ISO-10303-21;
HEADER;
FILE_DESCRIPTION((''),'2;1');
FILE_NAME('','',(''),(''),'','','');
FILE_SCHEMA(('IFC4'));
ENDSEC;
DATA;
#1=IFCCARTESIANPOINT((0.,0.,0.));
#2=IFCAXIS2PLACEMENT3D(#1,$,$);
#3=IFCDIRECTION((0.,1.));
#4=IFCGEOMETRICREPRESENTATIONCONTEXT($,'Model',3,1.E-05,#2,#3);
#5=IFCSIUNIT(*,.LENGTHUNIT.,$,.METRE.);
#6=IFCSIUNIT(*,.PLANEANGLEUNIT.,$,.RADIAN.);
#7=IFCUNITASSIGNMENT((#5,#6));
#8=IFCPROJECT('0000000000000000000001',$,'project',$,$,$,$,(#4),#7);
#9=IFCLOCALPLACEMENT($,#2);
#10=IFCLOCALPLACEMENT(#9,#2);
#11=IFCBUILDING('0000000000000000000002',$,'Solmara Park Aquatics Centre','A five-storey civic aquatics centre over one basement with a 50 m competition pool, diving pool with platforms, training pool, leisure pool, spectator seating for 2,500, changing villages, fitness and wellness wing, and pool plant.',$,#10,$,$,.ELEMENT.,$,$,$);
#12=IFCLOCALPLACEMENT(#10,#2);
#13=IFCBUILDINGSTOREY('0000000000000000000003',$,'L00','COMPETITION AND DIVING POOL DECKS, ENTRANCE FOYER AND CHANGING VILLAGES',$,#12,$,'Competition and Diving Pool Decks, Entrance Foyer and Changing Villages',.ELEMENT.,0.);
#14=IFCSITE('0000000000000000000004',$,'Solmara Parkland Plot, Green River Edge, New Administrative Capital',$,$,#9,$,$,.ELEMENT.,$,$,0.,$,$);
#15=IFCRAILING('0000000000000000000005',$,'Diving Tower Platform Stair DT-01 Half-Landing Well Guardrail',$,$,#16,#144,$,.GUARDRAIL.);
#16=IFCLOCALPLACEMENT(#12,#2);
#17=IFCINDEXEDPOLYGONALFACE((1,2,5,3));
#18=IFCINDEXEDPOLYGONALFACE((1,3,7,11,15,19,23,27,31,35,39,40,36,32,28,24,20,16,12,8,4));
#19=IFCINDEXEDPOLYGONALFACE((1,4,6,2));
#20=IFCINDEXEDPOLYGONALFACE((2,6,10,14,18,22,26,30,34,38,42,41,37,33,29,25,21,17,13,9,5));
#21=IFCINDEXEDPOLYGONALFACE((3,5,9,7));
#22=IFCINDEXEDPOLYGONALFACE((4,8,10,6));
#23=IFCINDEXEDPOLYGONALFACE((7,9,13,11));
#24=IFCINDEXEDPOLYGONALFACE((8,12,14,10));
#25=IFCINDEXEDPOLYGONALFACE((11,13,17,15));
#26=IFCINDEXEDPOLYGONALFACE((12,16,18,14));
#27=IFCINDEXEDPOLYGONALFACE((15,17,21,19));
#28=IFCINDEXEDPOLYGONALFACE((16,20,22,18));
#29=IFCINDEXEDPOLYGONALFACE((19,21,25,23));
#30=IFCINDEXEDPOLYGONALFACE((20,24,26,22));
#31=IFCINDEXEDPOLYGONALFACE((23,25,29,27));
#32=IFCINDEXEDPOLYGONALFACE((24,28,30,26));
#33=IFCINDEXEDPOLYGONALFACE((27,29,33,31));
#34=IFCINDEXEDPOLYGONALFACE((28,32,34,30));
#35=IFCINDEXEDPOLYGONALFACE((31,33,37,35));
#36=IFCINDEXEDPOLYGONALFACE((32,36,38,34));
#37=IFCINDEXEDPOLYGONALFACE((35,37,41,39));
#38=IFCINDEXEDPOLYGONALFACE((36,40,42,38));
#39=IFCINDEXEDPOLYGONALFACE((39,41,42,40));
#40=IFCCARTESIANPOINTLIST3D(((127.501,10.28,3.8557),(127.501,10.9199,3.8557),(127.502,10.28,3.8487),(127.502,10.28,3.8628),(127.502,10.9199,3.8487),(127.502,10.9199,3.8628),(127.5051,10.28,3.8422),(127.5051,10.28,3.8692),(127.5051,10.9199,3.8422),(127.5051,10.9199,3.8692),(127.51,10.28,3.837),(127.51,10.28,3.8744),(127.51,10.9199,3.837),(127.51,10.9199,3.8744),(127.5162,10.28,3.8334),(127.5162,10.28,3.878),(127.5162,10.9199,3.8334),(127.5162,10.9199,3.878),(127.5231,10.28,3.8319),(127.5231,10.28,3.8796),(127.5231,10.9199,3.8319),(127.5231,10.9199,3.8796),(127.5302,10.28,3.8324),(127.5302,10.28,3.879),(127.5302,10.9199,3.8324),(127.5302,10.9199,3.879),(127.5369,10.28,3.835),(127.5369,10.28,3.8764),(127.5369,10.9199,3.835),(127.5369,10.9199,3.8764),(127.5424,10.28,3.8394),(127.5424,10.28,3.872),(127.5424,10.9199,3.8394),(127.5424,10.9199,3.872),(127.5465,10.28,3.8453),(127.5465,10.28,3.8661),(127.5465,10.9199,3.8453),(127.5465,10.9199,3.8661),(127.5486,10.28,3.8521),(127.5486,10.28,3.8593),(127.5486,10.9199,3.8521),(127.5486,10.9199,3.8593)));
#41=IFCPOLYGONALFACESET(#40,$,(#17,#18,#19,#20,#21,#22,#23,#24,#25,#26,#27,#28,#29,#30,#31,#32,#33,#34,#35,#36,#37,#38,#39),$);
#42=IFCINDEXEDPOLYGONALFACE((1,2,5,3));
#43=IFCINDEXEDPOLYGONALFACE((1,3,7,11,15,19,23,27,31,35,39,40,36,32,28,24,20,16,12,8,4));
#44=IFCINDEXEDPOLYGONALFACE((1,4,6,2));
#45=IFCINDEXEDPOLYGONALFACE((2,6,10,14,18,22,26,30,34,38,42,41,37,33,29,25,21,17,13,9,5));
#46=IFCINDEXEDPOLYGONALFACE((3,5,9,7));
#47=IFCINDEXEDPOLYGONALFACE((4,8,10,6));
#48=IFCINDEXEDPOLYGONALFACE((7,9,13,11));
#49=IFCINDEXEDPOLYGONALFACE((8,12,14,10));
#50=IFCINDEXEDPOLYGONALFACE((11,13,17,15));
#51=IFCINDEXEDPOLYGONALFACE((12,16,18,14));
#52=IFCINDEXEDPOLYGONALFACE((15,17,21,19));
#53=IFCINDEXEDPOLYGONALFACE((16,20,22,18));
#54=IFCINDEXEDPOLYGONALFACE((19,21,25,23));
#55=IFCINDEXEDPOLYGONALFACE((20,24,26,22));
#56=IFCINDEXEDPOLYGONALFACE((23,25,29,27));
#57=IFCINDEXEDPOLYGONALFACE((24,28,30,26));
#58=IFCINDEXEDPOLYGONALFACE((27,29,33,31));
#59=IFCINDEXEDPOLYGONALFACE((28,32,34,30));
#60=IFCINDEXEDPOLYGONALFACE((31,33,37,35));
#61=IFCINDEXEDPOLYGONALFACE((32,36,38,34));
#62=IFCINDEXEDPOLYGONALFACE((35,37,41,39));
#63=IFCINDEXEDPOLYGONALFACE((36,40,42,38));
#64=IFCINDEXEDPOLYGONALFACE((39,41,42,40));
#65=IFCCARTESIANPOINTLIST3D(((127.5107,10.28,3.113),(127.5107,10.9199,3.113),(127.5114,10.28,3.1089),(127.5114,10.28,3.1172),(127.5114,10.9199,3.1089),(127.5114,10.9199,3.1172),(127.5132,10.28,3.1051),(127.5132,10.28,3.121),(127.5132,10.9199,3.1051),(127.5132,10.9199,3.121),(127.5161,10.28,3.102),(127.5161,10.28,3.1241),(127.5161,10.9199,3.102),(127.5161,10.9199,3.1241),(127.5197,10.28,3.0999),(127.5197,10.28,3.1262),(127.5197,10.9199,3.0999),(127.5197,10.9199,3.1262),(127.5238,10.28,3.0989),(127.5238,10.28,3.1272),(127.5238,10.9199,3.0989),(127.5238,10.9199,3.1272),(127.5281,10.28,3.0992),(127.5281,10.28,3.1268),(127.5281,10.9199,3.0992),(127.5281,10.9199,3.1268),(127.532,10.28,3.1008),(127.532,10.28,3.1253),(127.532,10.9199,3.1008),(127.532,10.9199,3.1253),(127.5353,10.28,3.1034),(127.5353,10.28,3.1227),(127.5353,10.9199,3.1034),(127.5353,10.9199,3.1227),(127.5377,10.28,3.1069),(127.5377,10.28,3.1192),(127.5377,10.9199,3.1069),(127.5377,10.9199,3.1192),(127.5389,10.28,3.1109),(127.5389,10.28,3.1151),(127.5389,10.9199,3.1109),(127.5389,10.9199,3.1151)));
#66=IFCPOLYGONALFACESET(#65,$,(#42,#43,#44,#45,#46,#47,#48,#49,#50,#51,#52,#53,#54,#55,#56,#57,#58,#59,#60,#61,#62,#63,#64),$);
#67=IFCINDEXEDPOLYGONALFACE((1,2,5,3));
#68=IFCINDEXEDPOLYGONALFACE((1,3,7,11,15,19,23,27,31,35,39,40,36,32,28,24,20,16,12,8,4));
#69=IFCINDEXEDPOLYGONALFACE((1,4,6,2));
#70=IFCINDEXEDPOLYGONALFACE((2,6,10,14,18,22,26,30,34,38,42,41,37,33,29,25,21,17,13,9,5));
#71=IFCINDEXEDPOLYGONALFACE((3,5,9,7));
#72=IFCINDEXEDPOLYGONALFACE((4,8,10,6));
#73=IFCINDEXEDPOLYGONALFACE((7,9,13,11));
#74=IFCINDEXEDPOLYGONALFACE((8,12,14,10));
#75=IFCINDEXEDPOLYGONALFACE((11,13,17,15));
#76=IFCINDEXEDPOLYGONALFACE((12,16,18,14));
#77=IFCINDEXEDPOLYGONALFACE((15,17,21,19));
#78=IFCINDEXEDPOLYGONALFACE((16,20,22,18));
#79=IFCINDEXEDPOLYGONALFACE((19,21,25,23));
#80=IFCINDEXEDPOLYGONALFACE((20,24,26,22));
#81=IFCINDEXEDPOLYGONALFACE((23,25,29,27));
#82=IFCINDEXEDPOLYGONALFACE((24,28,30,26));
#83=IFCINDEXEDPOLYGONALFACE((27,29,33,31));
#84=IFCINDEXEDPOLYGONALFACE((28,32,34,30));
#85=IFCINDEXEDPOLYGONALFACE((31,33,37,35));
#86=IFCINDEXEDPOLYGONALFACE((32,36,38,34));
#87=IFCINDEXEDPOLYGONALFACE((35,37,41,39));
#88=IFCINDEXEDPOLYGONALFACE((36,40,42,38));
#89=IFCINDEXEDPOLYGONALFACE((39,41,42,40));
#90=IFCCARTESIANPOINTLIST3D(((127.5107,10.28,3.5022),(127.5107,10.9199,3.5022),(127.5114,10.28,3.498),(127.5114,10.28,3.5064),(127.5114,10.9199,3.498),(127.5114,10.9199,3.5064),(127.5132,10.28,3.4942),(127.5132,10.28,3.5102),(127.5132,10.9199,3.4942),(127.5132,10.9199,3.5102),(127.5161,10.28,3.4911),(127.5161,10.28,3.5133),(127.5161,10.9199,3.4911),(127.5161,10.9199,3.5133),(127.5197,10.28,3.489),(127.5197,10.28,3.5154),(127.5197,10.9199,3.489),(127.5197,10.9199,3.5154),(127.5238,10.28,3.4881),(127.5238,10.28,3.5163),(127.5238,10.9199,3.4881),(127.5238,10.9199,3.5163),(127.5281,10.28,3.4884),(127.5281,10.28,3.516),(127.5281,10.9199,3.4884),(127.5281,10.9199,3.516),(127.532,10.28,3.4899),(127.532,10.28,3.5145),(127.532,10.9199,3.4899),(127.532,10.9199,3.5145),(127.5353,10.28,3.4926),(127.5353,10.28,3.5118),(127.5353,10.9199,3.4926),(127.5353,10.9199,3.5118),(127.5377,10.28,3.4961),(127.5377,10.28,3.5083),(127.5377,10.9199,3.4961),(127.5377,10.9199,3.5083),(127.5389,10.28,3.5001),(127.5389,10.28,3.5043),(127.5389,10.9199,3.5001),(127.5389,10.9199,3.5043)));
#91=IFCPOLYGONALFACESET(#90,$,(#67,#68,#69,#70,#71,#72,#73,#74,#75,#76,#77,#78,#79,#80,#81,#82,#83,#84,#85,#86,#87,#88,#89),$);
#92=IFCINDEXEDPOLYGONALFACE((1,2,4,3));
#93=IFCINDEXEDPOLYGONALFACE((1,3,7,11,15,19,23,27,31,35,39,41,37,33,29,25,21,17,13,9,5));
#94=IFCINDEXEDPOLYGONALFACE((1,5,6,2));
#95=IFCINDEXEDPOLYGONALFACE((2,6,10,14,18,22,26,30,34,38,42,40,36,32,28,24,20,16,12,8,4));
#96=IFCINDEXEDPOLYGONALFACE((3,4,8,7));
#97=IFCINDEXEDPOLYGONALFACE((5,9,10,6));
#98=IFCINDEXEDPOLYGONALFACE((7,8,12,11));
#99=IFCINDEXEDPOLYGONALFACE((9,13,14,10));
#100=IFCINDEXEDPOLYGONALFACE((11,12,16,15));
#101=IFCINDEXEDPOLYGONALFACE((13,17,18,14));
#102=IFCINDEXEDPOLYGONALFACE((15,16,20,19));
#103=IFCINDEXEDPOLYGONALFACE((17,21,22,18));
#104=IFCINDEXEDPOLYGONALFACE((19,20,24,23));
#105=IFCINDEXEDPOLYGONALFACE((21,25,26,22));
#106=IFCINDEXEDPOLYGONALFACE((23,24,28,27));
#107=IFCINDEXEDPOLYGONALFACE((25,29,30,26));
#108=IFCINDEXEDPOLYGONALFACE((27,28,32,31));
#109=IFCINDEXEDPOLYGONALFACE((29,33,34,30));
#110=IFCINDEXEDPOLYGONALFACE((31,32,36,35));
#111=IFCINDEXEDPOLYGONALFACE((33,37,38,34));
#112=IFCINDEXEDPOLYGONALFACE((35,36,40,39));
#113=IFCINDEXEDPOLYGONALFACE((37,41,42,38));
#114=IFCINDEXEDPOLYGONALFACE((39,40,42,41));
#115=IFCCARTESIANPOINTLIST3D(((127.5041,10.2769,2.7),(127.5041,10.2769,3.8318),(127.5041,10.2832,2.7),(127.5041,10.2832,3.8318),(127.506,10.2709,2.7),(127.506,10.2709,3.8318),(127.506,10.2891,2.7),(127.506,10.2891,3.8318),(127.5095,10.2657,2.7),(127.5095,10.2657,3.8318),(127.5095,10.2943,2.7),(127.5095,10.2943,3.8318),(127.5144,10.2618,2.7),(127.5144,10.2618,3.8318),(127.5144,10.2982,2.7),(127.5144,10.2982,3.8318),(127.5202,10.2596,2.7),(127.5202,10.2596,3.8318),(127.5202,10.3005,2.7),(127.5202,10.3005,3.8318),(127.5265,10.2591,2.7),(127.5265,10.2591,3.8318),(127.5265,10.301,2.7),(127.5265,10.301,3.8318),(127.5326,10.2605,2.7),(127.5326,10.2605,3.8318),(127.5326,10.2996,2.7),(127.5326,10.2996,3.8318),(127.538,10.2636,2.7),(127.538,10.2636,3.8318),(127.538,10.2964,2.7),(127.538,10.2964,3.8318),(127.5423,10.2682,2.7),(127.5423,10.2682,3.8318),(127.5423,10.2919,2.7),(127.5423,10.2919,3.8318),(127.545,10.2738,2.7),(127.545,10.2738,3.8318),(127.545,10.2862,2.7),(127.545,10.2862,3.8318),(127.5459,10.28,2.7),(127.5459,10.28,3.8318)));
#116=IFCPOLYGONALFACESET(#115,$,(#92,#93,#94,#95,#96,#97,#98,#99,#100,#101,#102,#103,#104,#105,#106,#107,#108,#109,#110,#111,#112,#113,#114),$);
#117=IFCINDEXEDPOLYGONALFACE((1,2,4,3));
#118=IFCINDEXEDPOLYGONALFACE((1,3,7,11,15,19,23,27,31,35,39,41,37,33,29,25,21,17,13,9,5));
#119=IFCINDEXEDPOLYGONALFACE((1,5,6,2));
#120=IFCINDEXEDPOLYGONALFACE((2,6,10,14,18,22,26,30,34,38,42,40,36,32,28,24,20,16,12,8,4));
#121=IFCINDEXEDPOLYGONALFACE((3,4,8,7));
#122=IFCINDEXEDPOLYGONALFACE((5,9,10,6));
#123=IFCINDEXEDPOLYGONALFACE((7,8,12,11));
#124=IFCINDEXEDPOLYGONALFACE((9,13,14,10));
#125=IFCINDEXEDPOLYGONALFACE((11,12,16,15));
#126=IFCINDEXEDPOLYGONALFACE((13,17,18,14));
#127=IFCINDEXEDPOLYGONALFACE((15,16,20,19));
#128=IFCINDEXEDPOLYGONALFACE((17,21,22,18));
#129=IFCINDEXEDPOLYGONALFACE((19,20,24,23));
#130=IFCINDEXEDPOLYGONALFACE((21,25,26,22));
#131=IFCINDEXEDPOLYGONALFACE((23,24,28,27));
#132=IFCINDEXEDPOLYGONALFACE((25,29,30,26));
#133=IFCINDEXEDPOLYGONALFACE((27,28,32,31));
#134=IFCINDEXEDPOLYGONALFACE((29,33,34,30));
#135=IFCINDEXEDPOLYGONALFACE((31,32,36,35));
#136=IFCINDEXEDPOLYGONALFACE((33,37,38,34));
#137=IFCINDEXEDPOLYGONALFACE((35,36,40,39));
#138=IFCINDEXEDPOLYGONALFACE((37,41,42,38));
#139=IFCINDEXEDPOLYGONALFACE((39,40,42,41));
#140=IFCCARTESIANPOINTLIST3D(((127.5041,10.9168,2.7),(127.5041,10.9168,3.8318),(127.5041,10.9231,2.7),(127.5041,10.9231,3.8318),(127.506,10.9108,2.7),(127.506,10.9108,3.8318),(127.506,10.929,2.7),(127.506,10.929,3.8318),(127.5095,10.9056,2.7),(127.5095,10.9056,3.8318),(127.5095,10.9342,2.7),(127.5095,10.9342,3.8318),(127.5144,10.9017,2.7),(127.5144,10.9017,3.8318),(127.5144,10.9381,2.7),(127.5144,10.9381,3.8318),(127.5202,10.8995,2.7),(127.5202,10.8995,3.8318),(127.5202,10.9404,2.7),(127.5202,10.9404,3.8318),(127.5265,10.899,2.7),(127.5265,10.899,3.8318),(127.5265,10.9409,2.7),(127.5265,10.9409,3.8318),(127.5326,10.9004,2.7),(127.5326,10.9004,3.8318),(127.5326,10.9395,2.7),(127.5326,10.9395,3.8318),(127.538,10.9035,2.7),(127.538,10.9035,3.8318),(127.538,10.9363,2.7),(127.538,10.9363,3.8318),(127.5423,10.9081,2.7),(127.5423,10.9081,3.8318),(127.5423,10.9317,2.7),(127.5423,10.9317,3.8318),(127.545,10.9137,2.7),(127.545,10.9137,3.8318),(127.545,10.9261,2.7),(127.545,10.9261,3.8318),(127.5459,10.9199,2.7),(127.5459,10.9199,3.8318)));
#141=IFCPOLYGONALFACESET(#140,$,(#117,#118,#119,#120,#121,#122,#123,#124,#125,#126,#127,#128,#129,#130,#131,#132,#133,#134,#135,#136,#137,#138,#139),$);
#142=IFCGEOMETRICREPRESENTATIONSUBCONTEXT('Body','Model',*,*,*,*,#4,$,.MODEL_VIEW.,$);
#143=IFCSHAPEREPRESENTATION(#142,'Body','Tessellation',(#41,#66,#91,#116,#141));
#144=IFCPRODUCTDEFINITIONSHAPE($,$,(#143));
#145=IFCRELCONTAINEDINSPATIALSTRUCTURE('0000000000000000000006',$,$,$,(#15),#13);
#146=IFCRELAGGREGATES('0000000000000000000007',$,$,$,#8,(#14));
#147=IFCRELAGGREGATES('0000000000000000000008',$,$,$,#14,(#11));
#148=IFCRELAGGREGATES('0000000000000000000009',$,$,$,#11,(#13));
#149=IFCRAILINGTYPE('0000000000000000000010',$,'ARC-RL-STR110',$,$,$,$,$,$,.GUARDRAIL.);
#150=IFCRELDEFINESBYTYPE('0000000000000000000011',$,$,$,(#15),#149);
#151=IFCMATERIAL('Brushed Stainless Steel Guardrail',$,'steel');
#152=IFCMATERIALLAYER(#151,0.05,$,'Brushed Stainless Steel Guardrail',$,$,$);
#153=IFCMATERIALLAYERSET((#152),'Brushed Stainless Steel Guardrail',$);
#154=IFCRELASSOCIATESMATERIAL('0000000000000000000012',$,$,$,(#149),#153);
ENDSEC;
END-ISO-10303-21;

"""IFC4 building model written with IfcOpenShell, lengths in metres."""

from ifc_helpers import new_model, si_unit, direction, frame, origin, origin_2d, place, context, subcontext, project, spatial, circle, extrude, material, layer, layer_set, type_object, element, save


model = new_model("IFC4")

# Units and contexts
model_context = context("Model", 3, precision=1e-05, world=origin(), true_north=direction((0.0, 1.0)))
body_context = subcontext(model_context, "Body", "Model", "MODEL_VIEW")
ifc_project = project(units=[si_unit("LENGTHUNIT", "METRE"), si_unit("PLANEANGLEUNIT", "RADIAN")], contexts=[model_context])

# Site, building, storey
site_placement = place(None, origin())
site = spatial("IfcSite", under=ifc_project, at=site_placement, Name="Solmara Parkland Plot, Green River Edge, New Administrative Capital", CompositionType="ELEMENT", RefElevation=0.0)
building_placement = place(site_placement, origin())
building = spatial("IfcBuilding", under=site, at=building_placement, Name="Solmara Park Aquatics Centre", Description="A five-storey civic aquatics centre over one basement with a 50 m competition pool, diving pool with platforms, training pool, leisure pool, spectator seating for 2,500, changing villages, fitness and wellness wing, and pool plant.", CompositionType="ELEMENT")
storey_placement = place(building_placement, origin())
storey = spatial("IfcBuildingStorey", under=building, at=storey_placement, Name="L00", Description="COMPETITION AND DIVING POOL DECKS, ENTRANCE FOYER AND CHANGING VILLAGES", LongName="Competition and Diving Pool Decks, Entrance Foyer and Changing Villages", CompositionType="ELEMENT", Elevation=0.0)

# Railing
ifc_material_1 = material(Name="Brushed Stainless Steel Guardrail", Category="steel")
ifc_layer_1 = layer(ifc_material_1, 0.05, Name="Brushed Stainless Steel Guardrail")
ifc_layer_set_1 = layer_set([ifc_layer_1], Name="Brushed Stainless Steel Guardrail")
railing_type_1 = type_object("IfcRailingType", Name="ARC-RL-STR110", PredefinedType="GUARDRAIL", material=ifc_layer_set_1)
railing_1_placement = place(storey_placement, frame((127.5249, 10.28, 2.7)))
element("IfcRailing", 1, at=railing_1_placement, inside=storey, type_object=railing_type_1, Name="Diving Tower Platform Stair DT-01 Half-Landing Well Guardrail", PredefinedType="GUARDRAIL", context=body_context, shape_type="SweptSolid", body=[
    extrude(circle(Radius=0.0239, at=origin_2d()), frame((0.0, 0.0, 1.1558), z_axis=(0.0, 1.0, 0.0), x_axis=(-1.0, 0.0, 0.0)), (0.0, 0.0, 1.0), 0.6399),
    extrude(circle(Radius=0.0142, at=origin_2d()), frame((0.0, 0.0, 0.4131), z_axis=(0.0, 1.0, 0.0), x_axis=(-1.0, 0.0, 0.0)), (0.0, 0.0, 1.0), 0.6399),
    extrude(circle(Radius=0.0142, at=origin_2d()), frame((0.0, 0.0, 0.8022), z_axis=(0.0, 1.0, 0.0), x_axis=(-1.0, 0.0, 0.0)), (0.0, 0.0, 1.0), 0.6399),
    extrude(circle(Radius=0.021, at=origin_2d()), origin(), (0.0, 0.0, 1.0), 1.1318),
    extrude(circle(Radius=0.021, at=origin_2d()), frame((0.0, 0.6399, 0.0)), (0.0, 0.0, 1.0), 1.1318),
])

save(model, "model.ifc")
